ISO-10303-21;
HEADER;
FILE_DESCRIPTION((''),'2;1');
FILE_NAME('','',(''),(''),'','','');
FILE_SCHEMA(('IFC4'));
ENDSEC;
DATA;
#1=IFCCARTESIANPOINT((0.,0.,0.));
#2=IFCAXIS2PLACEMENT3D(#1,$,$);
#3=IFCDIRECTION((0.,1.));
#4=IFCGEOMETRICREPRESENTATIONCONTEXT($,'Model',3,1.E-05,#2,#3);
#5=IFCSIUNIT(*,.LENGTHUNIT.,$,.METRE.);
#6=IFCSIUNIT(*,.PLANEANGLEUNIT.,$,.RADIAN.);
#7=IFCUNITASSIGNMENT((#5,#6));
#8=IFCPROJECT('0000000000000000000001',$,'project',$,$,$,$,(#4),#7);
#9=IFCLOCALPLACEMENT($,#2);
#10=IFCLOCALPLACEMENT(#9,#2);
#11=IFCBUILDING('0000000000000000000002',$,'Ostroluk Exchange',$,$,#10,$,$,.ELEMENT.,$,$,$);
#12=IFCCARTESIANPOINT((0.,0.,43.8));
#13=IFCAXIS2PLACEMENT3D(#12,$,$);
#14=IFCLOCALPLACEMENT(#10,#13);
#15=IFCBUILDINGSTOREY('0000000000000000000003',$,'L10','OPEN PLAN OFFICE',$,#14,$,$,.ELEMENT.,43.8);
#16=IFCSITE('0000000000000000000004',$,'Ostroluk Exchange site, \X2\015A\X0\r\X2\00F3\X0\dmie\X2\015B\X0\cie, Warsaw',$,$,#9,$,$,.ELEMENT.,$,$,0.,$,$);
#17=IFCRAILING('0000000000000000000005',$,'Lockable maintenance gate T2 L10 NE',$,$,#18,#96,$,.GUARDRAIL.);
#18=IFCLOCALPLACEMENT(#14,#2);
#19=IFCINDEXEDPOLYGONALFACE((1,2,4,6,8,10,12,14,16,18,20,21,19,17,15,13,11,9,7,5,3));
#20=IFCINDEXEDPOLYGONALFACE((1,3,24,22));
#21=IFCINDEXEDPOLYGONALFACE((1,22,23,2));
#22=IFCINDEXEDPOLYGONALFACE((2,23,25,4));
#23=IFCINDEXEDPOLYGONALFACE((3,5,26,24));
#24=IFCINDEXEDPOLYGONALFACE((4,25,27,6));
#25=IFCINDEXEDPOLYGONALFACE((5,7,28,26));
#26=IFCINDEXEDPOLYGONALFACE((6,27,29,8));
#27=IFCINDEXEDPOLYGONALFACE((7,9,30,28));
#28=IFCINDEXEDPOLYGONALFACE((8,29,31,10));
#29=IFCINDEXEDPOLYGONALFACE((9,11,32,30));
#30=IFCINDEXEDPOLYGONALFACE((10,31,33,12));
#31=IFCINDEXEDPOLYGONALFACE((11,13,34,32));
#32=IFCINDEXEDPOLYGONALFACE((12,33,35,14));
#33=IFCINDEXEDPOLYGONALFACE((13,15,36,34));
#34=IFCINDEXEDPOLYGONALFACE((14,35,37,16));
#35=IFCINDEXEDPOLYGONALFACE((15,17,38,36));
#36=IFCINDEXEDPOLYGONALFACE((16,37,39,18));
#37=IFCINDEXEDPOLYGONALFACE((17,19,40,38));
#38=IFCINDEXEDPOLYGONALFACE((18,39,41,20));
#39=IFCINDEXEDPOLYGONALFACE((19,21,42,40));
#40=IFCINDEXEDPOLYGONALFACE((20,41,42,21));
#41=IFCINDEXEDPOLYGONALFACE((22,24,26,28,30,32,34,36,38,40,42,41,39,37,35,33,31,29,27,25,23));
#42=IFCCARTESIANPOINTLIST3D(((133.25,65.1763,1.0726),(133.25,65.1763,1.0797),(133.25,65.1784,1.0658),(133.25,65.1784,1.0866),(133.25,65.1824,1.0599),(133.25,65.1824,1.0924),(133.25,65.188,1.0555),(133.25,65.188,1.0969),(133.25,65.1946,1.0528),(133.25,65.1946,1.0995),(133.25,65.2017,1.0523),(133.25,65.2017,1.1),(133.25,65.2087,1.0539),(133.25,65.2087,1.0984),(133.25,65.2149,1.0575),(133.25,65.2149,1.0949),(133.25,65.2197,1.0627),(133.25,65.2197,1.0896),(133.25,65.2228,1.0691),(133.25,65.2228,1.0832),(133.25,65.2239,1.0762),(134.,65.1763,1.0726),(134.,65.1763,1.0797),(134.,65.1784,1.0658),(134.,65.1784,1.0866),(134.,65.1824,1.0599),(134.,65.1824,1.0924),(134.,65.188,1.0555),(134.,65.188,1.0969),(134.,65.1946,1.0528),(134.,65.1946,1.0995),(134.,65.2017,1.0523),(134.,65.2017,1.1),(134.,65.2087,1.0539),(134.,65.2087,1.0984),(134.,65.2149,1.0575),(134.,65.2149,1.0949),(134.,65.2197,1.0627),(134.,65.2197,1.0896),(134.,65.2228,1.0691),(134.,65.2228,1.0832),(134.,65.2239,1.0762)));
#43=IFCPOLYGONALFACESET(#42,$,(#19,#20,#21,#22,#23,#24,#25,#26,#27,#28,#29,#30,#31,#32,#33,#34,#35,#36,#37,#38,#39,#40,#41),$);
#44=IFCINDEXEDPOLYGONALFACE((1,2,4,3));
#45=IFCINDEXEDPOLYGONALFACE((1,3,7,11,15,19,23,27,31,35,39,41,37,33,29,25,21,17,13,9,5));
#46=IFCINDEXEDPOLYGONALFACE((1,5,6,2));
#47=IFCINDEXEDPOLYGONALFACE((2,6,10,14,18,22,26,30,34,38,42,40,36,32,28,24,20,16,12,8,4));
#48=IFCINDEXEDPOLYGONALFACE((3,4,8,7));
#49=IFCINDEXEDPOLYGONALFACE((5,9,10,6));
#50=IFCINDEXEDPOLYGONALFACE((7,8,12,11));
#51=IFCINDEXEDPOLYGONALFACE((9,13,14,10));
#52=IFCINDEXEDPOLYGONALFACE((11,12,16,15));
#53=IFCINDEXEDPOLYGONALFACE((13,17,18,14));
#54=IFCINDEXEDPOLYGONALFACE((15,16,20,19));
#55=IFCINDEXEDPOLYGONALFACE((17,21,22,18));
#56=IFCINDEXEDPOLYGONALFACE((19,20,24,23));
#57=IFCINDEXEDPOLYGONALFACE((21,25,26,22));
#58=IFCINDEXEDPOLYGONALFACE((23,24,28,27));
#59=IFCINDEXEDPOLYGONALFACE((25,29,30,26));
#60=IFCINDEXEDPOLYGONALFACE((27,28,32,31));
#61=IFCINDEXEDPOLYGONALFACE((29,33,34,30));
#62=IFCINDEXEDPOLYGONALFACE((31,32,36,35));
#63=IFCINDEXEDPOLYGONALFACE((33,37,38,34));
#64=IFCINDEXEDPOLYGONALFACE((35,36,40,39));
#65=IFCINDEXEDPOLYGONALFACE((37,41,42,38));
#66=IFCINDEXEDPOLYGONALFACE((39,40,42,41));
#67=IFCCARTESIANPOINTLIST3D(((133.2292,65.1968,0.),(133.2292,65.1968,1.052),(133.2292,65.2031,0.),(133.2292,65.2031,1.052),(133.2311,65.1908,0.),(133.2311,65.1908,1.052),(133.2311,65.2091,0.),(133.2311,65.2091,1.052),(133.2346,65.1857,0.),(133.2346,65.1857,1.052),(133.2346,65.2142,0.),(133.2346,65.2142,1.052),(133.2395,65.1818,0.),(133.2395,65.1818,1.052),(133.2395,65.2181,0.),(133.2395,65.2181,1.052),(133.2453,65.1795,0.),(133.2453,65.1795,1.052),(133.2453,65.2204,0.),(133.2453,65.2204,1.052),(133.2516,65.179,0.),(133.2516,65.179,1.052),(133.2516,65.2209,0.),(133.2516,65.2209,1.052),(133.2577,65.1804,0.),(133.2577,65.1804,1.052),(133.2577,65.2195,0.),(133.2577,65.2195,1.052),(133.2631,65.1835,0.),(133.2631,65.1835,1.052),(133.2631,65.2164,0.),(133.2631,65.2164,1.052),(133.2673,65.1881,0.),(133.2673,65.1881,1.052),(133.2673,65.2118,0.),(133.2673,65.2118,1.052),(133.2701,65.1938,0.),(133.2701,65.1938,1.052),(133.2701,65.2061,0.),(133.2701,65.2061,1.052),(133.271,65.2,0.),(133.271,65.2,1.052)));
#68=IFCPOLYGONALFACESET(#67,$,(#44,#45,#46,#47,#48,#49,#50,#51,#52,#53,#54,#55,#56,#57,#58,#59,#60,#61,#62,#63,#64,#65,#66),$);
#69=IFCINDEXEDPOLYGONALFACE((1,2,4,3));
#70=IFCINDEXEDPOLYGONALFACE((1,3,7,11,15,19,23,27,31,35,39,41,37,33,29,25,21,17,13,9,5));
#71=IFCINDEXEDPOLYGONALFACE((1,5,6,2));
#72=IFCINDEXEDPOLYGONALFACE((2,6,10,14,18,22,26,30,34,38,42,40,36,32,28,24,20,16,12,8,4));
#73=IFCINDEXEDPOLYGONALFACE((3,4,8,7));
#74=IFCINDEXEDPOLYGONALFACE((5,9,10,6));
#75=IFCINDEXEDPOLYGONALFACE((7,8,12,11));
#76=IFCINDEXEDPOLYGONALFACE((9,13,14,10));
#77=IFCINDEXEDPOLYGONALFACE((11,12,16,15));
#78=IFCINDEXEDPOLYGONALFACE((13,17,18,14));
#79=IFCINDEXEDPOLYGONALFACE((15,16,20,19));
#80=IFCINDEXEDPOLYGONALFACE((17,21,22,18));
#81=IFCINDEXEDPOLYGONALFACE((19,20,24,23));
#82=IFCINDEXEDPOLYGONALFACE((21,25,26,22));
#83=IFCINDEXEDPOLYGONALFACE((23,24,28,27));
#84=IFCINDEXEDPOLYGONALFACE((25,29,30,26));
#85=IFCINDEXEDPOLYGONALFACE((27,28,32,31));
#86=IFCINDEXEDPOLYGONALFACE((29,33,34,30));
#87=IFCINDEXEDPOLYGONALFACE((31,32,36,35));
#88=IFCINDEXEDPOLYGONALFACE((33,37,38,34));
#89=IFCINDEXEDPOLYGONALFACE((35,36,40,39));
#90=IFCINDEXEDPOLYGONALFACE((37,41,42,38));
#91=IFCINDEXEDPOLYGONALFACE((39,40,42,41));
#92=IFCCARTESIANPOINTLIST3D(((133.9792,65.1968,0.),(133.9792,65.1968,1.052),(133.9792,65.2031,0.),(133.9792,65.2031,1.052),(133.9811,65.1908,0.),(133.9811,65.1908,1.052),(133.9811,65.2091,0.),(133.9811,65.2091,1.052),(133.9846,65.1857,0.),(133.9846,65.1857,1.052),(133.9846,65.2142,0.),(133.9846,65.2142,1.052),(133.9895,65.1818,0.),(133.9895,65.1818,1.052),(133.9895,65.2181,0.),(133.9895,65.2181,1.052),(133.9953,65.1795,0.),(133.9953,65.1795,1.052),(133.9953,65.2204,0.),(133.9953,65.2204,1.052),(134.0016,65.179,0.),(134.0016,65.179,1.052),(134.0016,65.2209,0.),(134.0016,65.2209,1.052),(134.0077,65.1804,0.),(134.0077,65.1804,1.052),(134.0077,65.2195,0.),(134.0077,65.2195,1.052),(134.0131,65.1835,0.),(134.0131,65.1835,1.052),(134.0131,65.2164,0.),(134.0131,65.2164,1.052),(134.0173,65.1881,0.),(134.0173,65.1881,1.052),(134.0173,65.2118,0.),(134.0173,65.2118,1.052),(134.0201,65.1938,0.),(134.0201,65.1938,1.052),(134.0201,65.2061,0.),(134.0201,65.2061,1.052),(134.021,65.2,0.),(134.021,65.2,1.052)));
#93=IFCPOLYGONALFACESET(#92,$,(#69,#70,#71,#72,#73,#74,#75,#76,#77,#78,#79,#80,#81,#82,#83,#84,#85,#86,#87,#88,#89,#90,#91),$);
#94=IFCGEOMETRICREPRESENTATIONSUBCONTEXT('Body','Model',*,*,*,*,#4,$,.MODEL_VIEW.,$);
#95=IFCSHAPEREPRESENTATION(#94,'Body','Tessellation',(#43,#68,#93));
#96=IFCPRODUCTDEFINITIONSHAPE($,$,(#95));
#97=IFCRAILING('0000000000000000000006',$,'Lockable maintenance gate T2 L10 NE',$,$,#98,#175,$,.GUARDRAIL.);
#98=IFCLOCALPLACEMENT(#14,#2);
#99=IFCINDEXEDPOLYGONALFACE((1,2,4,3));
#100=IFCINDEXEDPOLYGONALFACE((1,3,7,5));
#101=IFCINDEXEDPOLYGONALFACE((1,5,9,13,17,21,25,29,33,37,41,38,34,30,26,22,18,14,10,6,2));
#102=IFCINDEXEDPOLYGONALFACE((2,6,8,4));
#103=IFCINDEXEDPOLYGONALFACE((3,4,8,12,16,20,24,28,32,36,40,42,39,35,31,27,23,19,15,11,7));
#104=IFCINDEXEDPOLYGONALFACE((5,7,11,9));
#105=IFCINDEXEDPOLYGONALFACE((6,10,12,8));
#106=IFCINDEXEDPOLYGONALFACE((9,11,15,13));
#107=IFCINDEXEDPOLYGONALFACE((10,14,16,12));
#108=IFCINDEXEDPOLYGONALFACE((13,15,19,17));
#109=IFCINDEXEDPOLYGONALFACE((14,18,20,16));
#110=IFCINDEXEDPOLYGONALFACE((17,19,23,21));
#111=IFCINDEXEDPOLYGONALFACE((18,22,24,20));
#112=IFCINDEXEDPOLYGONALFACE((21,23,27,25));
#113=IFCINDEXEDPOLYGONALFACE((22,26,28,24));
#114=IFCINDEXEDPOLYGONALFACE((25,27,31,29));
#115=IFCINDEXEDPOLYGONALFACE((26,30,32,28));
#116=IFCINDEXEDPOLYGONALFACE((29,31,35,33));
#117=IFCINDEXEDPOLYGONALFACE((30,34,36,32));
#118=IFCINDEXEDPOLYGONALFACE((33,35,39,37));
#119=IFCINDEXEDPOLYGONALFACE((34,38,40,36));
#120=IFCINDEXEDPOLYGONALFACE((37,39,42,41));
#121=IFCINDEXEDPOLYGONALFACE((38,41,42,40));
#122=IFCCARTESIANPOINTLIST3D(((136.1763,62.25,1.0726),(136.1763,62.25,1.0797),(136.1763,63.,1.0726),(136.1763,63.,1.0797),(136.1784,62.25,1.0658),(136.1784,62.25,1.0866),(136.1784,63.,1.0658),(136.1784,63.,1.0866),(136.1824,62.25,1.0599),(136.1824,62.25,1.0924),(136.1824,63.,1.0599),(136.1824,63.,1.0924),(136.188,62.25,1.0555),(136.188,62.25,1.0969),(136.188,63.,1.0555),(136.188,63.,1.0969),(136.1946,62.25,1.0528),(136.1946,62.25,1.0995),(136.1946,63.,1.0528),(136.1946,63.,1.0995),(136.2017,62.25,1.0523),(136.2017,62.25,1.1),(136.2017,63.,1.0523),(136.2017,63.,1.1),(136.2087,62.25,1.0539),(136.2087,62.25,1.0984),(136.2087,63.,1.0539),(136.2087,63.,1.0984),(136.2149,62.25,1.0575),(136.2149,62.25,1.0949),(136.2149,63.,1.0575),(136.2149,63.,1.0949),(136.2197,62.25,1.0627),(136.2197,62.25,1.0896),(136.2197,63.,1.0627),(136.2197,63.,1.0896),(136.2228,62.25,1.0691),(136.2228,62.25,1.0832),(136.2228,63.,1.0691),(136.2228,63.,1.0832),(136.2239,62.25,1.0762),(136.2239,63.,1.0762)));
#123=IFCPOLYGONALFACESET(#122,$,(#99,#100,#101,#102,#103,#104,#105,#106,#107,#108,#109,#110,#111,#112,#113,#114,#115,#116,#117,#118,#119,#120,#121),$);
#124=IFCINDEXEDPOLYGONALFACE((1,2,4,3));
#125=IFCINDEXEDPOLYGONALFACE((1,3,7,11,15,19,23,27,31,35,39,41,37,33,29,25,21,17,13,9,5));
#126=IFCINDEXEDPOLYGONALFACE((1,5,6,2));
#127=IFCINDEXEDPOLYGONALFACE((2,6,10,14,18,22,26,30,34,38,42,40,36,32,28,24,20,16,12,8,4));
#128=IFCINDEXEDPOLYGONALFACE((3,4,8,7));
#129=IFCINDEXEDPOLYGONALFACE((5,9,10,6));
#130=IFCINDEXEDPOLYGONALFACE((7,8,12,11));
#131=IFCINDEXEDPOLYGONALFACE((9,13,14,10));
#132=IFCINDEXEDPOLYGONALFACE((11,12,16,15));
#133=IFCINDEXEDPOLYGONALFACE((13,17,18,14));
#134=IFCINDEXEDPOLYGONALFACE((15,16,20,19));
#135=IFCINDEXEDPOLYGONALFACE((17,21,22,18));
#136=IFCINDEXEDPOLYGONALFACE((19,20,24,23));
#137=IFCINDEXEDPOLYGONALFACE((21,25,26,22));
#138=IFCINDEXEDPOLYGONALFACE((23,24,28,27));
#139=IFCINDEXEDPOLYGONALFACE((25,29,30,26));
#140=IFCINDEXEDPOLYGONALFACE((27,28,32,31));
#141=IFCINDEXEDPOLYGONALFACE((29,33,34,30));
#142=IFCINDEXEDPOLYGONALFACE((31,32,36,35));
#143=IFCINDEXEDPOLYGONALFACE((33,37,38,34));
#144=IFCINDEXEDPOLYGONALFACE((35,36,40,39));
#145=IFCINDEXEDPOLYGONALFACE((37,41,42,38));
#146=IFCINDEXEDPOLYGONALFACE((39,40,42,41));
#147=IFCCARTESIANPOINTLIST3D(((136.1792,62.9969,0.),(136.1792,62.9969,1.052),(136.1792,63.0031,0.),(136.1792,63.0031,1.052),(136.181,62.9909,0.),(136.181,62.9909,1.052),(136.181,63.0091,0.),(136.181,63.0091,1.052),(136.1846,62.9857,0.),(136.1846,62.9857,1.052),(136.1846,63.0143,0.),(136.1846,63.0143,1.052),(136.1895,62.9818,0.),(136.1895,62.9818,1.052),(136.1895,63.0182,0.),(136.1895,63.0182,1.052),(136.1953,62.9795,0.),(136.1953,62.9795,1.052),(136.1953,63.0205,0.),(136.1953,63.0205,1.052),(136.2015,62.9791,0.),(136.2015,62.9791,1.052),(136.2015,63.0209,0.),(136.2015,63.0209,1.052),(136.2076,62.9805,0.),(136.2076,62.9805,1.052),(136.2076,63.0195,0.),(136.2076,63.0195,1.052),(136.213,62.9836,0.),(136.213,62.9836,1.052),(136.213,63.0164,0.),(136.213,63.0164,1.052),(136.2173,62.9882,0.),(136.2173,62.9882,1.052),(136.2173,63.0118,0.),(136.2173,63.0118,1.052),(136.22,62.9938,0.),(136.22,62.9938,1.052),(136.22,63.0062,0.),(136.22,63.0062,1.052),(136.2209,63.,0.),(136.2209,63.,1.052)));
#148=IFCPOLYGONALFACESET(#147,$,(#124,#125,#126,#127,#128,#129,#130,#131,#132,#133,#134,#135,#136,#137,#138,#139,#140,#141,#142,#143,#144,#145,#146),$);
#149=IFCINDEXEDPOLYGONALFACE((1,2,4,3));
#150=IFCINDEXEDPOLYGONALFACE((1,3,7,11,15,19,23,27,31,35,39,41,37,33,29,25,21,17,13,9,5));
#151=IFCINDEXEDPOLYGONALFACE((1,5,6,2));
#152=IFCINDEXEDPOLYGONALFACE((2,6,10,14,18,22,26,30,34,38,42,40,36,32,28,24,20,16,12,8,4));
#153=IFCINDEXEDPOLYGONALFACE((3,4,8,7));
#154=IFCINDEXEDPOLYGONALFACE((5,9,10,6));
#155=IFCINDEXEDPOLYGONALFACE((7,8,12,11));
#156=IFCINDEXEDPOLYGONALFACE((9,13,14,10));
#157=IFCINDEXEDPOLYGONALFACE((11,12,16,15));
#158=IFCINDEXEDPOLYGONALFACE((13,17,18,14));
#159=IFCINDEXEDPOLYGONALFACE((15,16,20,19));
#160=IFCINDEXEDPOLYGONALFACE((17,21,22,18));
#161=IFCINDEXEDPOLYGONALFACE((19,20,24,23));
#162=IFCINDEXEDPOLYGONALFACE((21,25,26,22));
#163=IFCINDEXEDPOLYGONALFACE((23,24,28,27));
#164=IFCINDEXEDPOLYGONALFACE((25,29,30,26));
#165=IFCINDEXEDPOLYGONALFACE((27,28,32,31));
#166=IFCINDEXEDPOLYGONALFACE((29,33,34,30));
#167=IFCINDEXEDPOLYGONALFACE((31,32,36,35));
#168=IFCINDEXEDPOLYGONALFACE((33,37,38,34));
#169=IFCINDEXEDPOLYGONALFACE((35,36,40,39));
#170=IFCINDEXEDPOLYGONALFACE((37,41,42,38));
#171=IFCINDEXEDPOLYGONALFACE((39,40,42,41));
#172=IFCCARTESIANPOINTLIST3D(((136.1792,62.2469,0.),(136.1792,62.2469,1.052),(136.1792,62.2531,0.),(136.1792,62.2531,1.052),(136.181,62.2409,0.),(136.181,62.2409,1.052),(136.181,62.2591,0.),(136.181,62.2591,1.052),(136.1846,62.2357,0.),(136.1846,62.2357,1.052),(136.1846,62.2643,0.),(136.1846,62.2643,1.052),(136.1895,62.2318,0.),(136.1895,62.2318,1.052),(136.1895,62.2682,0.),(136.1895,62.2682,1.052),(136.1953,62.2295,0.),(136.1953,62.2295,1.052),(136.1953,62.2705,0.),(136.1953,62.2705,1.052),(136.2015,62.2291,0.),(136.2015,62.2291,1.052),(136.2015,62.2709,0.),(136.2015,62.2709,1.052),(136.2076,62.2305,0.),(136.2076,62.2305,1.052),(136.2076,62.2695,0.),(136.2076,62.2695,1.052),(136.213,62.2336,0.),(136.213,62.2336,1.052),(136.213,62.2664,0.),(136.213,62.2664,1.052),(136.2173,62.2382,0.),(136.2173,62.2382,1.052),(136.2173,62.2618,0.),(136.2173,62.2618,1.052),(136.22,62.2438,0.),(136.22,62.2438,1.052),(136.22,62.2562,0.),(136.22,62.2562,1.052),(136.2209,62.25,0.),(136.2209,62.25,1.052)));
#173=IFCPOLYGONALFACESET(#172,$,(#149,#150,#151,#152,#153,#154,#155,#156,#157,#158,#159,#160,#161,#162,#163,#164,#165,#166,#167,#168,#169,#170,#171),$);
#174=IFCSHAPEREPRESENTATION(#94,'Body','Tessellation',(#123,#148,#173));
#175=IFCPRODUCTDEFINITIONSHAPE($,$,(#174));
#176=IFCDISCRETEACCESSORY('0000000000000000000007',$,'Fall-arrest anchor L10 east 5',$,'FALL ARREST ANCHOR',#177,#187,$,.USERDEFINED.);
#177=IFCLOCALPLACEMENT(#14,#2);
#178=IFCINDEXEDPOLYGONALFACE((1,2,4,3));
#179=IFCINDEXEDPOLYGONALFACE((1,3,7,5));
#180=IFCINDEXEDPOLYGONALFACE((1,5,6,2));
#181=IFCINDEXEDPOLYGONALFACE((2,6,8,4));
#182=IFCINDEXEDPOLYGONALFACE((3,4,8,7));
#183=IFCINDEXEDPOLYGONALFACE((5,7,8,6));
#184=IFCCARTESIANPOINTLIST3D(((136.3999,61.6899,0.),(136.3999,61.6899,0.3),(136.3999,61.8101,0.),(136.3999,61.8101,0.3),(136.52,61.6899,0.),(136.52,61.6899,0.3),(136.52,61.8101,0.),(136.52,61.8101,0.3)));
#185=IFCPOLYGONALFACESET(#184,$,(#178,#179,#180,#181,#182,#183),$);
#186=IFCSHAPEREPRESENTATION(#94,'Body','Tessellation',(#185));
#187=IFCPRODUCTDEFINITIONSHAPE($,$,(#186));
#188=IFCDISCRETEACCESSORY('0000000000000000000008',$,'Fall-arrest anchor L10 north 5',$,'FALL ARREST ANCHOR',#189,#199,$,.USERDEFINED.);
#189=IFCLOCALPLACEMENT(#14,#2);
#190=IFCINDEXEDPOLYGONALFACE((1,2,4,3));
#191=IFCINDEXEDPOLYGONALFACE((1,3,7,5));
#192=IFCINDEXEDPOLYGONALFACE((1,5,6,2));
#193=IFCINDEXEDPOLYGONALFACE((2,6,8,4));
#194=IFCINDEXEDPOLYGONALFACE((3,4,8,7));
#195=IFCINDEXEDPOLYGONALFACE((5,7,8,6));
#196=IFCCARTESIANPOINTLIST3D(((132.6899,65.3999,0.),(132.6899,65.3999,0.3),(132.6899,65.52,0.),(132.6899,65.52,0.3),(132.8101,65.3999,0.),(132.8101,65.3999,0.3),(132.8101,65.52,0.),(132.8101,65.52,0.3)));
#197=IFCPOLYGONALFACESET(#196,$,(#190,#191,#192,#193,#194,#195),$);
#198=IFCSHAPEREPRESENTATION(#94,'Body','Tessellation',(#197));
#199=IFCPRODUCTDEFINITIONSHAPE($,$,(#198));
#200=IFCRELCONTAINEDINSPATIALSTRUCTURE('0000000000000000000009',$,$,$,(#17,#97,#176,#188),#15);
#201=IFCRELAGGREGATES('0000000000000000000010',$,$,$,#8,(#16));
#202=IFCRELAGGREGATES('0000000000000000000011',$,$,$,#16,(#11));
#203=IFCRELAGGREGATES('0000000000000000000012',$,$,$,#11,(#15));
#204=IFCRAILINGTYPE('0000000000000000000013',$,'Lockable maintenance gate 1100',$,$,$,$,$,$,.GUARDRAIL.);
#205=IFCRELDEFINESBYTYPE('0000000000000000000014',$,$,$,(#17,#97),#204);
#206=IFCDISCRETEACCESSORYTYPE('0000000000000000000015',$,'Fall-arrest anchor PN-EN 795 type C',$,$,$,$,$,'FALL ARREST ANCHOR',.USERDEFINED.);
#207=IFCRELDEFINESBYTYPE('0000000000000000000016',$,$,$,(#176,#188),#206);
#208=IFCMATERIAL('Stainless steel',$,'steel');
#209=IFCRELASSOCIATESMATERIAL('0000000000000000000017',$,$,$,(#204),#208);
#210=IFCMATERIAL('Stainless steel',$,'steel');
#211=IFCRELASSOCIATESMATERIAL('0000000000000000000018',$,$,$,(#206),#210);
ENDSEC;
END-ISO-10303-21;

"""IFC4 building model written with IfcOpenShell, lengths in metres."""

from ifc_helpers import new_model, si_unit, direction, frame, origin, origin_2d, place, context, subcontext, project, spatial, rectangle, circle, extrude, material, type_object, element, save


model = new_model("IFC4")

# Units and contexts
model_context = context("Model", 3, precision=1e-05, world=origin(), true_north=direction((0.0, 1.0)))
body_context = subcontext(model_context, "Body", "Model", "MODEL_VIEW")
ifc_project = project(units=[si_unit("LENGTHUNIT", "METRE"), si_unit("PLANEANGLEUNIT", "RADIAN")], contexts=[model_context])

# Site, building, storey
site_placement = place(None, origin())
site = spatial("IfcSite", under=ifc_project, at=site_placement, Name="Ostroluk Exchange site, Śródmieście, Warsaw", CompositionType="ELEMENT", RefElevation=0.0)
building_placement = place(site_placement, origin())
building = spatial("IfcBuilding", under=site, at=building_placement, Name="Ostroluk Exchange", CompositionType="ELEMENT")
storey_placement = place(building_placement, frame((0.0, 0.0, 43.8)))
storey = spatial("IfcBuildingStorey", under=building, at=storey_placement, Name="L10", Description="OPEN PLAN OFFICE", CompositionType="ELEMENT", Elevation=43.8)

# Railings
ifc_material_1 = material(Name="Stainless steel", Category="steel")
railing_type_1 = type_object("IfcRailingType", Name="Lockable maintenance gate 1100", PredefinedType="GUARDRAIL", material=ifc_material_1)
railing_1_placement = place(storey_placement, frame((133.25, 65.2, 0.0)))
element("IfcRailing", 1, at=railing_1_placement, inside=storey, type_object=railing_type_1, Name="Lockable maintenance gate T2 L10 NE", PredefinedType="GUARDRAIL", context=body_context, shape_type="SweptSolid", body=[
    extrude(circle(Radius=0.0239, at=origin_2d()), frame((0.0, 0.0, 1.0762), z_axis=(1.0, 0.0, 0.0), x_axis=(0.0, 1.0, 0.0)), (0.0, 0.0, 1.0), 0.75),
    extrude(circle(Radius=0.021, at=origin_2d()), origin(), (0.0, 0.0, 1.0), 1.052),
    extrude(circle(Radius=0.021, at=origin_2d()), frame((0.75, 0.0, 0.0)), (0.0, 0.0, 1.0), 1.052),
])
railing_2_placement = place(storey_placement, frame((136.2, 63.0, 0.0)))
element("IfcRailing", 2, at=railing_2_placement, inside=storey, type_object=railing_type_1, Name="Lockable maintenance gate T2 L10 NE", PredefinedType="GUARDRAIL", context=body_context, shape_type="SweptSolid", body=[
    extrude(circle(Radius=0.0239, at=origin_2d()), frame((0.0, 0.0, 1.0762), z_axis=(0.0, -1.0, 0.0), x_axis=(1.0, 0.0, 0.0)), (0.0, 0.0, 1.0), 0.75),
    extrude(circle(Radius=0.021, at=origin_2d()), origin(), (0.0, 0.0, 1.0), 1.052),
    extrude(circle(Radius=0.021, at=origin_2d()), frame((0.0, -0.75, 0.0)), (0.0, 0.0, 1.0), 1.052),
])

# Discrete accessories
ifc_material_2 = material(Name="Stainless steel", Category="steel")
discrete_accessory_type = type_object("IfcDiscreteAccessoryType", Name="Fall-arrest anchor PN-EN 795 type C", ElementType="FALL ARREST ANCHOR", PredefinedType="USERDEFINED", material=ifc_material_2)
for number, where, z_axis, x_axis, name in (
    (3, (136.46, 61.75, 0.0), (0.0, 0.0, 1.0), (1.0, 0.0, 0.0), "Fall-arrest anchor L10 east 5"),
    (4, (132.75, 65.46, 0.0), (0.0, 0.0, 1.0), (1.0, 0.0, 0.0), "Fall-arrest anchor L10 north 5"),
):
    element("IfcDiscreteAccessory", number, at=place(storey_placement, frame(where, z_axis=z_axis, x_axis=x_axis)), inside=storey, type_object=discrete_accessory_type, Name=name, ObjectType="FALL ARREST ANCHOR", PredefinedType="USERDEFINED", context=body_context, shape_type="SweptSolid", body=[
        extrude(rectangle(XDim=0.1201, YDim=0.1201, at=origin_2d()), origin(), (0.0, 0.0, 1.0), 0.3),
    ])

save(model, "model.ifc")
